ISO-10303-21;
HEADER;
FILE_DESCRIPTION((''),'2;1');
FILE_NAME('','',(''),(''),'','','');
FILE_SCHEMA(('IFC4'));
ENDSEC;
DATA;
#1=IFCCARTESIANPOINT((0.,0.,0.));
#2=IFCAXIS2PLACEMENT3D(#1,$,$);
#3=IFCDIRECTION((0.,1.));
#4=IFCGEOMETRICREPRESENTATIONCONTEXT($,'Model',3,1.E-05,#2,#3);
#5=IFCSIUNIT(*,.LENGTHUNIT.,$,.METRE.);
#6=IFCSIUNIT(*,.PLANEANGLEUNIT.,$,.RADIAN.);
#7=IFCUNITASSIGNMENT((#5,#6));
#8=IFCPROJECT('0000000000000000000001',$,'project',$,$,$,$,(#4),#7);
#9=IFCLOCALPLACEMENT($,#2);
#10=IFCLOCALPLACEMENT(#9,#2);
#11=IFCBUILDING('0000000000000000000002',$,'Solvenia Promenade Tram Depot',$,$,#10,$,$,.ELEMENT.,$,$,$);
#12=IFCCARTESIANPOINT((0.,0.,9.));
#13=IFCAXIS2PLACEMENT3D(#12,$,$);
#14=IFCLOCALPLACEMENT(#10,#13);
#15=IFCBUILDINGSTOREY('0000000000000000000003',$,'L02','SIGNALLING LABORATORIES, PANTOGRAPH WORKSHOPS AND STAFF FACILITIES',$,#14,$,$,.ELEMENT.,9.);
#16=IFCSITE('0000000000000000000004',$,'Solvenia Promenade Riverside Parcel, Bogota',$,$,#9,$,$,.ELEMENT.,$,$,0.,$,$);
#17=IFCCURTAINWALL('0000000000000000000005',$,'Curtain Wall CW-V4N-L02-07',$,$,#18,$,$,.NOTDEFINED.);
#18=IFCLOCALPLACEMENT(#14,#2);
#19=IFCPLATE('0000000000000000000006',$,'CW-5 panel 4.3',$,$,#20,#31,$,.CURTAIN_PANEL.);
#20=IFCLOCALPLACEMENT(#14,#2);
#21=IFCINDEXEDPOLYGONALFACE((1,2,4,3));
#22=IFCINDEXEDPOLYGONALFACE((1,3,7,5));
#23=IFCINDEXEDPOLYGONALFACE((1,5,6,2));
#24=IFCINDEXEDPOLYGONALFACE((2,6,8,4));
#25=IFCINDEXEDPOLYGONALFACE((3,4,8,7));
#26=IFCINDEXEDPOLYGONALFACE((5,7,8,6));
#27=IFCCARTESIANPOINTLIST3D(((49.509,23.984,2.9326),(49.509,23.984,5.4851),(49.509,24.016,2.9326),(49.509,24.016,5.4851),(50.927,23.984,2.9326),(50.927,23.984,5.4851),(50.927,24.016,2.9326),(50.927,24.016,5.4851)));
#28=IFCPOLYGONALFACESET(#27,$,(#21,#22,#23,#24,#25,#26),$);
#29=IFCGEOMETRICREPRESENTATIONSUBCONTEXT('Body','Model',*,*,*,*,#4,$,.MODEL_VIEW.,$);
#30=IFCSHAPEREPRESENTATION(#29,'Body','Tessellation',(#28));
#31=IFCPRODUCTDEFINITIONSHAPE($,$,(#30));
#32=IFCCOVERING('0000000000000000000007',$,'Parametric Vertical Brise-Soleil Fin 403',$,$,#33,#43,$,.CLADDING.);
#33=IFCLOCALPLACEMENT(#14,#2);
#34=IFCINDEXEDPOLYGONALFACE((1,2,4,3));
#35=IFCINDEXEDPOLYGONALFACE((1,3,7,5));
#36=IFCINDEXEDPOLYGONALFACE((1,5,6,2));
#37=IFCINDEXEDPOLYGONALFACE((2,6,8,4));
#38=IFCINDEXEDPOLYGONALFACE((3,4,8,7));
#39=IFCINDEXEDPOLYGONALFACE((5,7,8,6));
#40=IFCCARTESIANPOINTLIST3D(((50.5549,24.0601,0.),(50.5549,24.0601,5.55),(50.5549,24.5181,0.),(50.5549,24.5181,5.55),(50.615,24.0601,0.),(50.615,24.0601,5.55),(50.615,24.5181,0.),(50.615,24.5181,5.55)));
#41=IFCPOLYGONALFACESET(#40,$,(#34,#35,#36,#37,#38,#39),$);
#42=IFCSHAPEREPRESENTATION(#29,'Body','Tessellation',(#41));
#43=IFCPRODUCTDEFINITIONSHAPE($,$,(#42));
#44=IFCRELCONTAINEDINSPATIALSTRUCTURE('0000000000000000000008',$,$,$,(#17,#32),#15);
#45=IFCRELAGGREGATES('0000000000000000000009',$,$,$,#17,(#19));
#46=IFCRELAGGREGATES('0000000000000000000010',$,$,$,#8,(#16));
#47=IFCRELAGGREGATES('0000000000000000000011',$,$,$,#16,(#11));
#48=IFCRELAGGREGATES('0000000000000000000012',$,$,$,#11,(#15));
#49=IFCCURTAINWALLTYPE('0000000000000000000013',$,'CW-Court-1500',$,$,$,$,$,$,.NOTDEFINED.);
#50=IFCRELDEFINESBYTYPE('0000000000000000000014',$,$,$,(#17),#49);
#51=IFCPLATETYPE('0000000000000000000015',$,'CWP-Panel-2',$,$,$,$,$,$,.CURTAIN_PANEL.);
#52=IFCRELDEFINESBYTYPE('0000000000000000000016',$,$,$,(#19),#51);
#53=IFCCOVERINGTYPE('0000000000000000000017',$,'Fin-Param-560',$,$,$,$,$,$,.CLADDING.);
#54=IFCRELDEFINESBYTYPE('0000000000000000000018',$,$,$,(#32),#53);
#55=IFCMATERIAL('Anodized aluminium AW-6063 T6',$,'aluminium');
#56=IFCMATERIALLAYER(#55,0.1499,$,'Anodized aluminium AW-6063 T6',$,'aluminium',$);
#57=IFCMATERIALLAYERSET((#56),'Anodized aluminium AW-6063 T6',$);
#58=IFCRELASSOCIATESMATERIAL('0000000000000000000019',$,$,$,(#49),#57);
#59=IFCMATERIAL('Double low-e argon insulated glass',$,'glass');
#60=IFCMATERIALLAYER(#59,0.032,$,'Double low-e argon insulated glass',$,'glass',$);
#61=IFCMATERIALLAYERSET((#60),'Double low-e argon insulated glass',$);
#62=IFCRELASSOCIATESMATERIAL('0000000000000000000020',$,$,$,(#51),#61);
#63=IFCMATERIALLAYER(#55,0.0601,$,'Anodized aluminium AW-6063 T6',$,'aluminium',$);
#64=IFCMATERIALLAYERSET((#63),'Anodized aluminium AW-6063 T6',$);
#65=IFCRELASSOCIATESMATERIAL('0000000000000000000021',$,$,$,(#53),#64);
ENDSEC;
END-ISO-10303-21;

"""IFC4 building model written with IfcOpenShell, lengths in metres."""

from ifc_helpers import new_model, si_unit, direction, frame, origin, origin_2d, place, context, subcontext, project, spatial, rectangle, extrude, material, layer, layer_set, type_object, element, aggregate, save


model = new_model("IFC4")

# Units and contexts
model_context = context("Model", 3, precision=1e-05, world=origin(), true_north=direction((0.0, 1.0)))
body_context = subcontext(model_context, "Body", "Model", "MODEL_VIEW")
ifc_project = project(units=[si_unit("LENGTHUNIT", "METRE"), si_unit("PLANEANGLEUNIT", "RADIAN")], contexts=[model_context])

# Site, building, storey
site_placement = place(None, origin())
site = spatial("IfcSite", under=ifc_project, at=site_placement, Name="Solvenia Promenade Riverside Parcel, Bogota", CompositionType="ELEMENT", RefElevation=0.0)
building_placement = place(site_placement, origin())
building = spatial("IfcBuilding", under=site, at=building_placement, Name="Solvenia Promenade Tram Depot", CompositionType="ELEMENT")
storey_placement = place(building_placement, frame((0.0, 0.0, 9.0)))
storey = spatial("IfcBuildingStorey", under=building, at=storey_placement, Name="L02", Description="SIGNALLING LABORATORIES, PANTOGRAPH WORKSHOPS AND STAFF FACILITIES", CompositionType="ELEMENT", Elevation=9.0)

# Curtain wall
ifc_material_1 = material(Name="Anodized aluminium AW-6063 T6", Category="aluminium")
ifc_layer_1 = layer(ifc_material_1, 0.1499, Name="Anodized aluminium AW-6063 T6", Category="aluminium")
ifc_layer_set_1 = layer_set([ifc_layer_1], Name="Anodized aluminium AW-6063 T6")
curtain_wall_type = type_object("IfcCurtainWallType", Name="CW-Court-1500", PredefinedType="NOTDEFINED", material=ifc_layer_set_1)
curtain_wall_placement = place(storey_placement, origin())
curtain_wall = element("IfcCurtainWall", 1, at=curtain_wall_placement, inside=storey, type_object=curtain_wall_type, Name="Curtain Wall CW-V4N-L02-07", PredefinedType="NOTDEFINED")

# Plate
ifc_material_2 = material(Name="Double low-e argon insulated glass", Category="glass")
ifc_layer_2 = layer(ifc_material_2, 0.032, Name="Double low-e argon insulated glass", Category="glass")
ifc_layer_set_2 = layer_set([ifc_layer_2], Name="Double low-e argon insulated glass")
plate_type = type_object("IfcPlateType", Name="CWP-Panel-2", PredefinedType="CURTAIN_PANEL", material=ifc_layer_set_2)
plate_1_placement = place(storey_placement, frame((50.218, 24.0, 2.9326), z_axis=(0.0, 0.0, 1.0), x_axis=(1.0, 0.0, 0.0)))
plate_1 = element("IfcPlate", 2, at=plate_1_placement, type_object=plate_type, Name="CW-5 panel 4.3", PredefinedType="CURTAIN_PANEL", context=body_context, shape_type="SweptSolid", body=[
    extrude(rectangle(XDim=1.418, YDim=0.032, at=origin_2d()), origin(), (0.0, 0.0, 1.0), 2.5525),
])
aggregate(curtain_wall, [plate_1])

# Covering
ifc_layer_3 = layer(ifc_material_1, 0.0601, Name="Anodized aluminium AW-6063 T6", Category="aluminium")
ifc_layer_set_3 = layer_set([ifc_layer_3], Name="Anodized aluminium AW-6063 T6")
covering_type = type_object("IfcCoveringType", Name="Fin-Param-560", PredefinedType="CLADDING", material=ifc_layer_set_3)
covering_placement = place(storey_placement, frame((50.585, 24.2891, 0.0), z_axis=(0.0, 0.0, 1.0), x_axis=(1.0, 0.0, 0.0)))
element("IfcCovering", 3, at=covering_placement, inside=storey, type_object=covering_type, Name="Parametric Vertical Brise-Soleil Fin 403", PredefinedType="CLADDING", context=body_context, shape_type="SweptSolid", body=[
    extrude(rectangle(XDim=0.0601, YDim=0.458, at=origin_2d()), origin(), (0.0, 0.0, 1.0), 5.55),
])

save(model, "model.ifc")
